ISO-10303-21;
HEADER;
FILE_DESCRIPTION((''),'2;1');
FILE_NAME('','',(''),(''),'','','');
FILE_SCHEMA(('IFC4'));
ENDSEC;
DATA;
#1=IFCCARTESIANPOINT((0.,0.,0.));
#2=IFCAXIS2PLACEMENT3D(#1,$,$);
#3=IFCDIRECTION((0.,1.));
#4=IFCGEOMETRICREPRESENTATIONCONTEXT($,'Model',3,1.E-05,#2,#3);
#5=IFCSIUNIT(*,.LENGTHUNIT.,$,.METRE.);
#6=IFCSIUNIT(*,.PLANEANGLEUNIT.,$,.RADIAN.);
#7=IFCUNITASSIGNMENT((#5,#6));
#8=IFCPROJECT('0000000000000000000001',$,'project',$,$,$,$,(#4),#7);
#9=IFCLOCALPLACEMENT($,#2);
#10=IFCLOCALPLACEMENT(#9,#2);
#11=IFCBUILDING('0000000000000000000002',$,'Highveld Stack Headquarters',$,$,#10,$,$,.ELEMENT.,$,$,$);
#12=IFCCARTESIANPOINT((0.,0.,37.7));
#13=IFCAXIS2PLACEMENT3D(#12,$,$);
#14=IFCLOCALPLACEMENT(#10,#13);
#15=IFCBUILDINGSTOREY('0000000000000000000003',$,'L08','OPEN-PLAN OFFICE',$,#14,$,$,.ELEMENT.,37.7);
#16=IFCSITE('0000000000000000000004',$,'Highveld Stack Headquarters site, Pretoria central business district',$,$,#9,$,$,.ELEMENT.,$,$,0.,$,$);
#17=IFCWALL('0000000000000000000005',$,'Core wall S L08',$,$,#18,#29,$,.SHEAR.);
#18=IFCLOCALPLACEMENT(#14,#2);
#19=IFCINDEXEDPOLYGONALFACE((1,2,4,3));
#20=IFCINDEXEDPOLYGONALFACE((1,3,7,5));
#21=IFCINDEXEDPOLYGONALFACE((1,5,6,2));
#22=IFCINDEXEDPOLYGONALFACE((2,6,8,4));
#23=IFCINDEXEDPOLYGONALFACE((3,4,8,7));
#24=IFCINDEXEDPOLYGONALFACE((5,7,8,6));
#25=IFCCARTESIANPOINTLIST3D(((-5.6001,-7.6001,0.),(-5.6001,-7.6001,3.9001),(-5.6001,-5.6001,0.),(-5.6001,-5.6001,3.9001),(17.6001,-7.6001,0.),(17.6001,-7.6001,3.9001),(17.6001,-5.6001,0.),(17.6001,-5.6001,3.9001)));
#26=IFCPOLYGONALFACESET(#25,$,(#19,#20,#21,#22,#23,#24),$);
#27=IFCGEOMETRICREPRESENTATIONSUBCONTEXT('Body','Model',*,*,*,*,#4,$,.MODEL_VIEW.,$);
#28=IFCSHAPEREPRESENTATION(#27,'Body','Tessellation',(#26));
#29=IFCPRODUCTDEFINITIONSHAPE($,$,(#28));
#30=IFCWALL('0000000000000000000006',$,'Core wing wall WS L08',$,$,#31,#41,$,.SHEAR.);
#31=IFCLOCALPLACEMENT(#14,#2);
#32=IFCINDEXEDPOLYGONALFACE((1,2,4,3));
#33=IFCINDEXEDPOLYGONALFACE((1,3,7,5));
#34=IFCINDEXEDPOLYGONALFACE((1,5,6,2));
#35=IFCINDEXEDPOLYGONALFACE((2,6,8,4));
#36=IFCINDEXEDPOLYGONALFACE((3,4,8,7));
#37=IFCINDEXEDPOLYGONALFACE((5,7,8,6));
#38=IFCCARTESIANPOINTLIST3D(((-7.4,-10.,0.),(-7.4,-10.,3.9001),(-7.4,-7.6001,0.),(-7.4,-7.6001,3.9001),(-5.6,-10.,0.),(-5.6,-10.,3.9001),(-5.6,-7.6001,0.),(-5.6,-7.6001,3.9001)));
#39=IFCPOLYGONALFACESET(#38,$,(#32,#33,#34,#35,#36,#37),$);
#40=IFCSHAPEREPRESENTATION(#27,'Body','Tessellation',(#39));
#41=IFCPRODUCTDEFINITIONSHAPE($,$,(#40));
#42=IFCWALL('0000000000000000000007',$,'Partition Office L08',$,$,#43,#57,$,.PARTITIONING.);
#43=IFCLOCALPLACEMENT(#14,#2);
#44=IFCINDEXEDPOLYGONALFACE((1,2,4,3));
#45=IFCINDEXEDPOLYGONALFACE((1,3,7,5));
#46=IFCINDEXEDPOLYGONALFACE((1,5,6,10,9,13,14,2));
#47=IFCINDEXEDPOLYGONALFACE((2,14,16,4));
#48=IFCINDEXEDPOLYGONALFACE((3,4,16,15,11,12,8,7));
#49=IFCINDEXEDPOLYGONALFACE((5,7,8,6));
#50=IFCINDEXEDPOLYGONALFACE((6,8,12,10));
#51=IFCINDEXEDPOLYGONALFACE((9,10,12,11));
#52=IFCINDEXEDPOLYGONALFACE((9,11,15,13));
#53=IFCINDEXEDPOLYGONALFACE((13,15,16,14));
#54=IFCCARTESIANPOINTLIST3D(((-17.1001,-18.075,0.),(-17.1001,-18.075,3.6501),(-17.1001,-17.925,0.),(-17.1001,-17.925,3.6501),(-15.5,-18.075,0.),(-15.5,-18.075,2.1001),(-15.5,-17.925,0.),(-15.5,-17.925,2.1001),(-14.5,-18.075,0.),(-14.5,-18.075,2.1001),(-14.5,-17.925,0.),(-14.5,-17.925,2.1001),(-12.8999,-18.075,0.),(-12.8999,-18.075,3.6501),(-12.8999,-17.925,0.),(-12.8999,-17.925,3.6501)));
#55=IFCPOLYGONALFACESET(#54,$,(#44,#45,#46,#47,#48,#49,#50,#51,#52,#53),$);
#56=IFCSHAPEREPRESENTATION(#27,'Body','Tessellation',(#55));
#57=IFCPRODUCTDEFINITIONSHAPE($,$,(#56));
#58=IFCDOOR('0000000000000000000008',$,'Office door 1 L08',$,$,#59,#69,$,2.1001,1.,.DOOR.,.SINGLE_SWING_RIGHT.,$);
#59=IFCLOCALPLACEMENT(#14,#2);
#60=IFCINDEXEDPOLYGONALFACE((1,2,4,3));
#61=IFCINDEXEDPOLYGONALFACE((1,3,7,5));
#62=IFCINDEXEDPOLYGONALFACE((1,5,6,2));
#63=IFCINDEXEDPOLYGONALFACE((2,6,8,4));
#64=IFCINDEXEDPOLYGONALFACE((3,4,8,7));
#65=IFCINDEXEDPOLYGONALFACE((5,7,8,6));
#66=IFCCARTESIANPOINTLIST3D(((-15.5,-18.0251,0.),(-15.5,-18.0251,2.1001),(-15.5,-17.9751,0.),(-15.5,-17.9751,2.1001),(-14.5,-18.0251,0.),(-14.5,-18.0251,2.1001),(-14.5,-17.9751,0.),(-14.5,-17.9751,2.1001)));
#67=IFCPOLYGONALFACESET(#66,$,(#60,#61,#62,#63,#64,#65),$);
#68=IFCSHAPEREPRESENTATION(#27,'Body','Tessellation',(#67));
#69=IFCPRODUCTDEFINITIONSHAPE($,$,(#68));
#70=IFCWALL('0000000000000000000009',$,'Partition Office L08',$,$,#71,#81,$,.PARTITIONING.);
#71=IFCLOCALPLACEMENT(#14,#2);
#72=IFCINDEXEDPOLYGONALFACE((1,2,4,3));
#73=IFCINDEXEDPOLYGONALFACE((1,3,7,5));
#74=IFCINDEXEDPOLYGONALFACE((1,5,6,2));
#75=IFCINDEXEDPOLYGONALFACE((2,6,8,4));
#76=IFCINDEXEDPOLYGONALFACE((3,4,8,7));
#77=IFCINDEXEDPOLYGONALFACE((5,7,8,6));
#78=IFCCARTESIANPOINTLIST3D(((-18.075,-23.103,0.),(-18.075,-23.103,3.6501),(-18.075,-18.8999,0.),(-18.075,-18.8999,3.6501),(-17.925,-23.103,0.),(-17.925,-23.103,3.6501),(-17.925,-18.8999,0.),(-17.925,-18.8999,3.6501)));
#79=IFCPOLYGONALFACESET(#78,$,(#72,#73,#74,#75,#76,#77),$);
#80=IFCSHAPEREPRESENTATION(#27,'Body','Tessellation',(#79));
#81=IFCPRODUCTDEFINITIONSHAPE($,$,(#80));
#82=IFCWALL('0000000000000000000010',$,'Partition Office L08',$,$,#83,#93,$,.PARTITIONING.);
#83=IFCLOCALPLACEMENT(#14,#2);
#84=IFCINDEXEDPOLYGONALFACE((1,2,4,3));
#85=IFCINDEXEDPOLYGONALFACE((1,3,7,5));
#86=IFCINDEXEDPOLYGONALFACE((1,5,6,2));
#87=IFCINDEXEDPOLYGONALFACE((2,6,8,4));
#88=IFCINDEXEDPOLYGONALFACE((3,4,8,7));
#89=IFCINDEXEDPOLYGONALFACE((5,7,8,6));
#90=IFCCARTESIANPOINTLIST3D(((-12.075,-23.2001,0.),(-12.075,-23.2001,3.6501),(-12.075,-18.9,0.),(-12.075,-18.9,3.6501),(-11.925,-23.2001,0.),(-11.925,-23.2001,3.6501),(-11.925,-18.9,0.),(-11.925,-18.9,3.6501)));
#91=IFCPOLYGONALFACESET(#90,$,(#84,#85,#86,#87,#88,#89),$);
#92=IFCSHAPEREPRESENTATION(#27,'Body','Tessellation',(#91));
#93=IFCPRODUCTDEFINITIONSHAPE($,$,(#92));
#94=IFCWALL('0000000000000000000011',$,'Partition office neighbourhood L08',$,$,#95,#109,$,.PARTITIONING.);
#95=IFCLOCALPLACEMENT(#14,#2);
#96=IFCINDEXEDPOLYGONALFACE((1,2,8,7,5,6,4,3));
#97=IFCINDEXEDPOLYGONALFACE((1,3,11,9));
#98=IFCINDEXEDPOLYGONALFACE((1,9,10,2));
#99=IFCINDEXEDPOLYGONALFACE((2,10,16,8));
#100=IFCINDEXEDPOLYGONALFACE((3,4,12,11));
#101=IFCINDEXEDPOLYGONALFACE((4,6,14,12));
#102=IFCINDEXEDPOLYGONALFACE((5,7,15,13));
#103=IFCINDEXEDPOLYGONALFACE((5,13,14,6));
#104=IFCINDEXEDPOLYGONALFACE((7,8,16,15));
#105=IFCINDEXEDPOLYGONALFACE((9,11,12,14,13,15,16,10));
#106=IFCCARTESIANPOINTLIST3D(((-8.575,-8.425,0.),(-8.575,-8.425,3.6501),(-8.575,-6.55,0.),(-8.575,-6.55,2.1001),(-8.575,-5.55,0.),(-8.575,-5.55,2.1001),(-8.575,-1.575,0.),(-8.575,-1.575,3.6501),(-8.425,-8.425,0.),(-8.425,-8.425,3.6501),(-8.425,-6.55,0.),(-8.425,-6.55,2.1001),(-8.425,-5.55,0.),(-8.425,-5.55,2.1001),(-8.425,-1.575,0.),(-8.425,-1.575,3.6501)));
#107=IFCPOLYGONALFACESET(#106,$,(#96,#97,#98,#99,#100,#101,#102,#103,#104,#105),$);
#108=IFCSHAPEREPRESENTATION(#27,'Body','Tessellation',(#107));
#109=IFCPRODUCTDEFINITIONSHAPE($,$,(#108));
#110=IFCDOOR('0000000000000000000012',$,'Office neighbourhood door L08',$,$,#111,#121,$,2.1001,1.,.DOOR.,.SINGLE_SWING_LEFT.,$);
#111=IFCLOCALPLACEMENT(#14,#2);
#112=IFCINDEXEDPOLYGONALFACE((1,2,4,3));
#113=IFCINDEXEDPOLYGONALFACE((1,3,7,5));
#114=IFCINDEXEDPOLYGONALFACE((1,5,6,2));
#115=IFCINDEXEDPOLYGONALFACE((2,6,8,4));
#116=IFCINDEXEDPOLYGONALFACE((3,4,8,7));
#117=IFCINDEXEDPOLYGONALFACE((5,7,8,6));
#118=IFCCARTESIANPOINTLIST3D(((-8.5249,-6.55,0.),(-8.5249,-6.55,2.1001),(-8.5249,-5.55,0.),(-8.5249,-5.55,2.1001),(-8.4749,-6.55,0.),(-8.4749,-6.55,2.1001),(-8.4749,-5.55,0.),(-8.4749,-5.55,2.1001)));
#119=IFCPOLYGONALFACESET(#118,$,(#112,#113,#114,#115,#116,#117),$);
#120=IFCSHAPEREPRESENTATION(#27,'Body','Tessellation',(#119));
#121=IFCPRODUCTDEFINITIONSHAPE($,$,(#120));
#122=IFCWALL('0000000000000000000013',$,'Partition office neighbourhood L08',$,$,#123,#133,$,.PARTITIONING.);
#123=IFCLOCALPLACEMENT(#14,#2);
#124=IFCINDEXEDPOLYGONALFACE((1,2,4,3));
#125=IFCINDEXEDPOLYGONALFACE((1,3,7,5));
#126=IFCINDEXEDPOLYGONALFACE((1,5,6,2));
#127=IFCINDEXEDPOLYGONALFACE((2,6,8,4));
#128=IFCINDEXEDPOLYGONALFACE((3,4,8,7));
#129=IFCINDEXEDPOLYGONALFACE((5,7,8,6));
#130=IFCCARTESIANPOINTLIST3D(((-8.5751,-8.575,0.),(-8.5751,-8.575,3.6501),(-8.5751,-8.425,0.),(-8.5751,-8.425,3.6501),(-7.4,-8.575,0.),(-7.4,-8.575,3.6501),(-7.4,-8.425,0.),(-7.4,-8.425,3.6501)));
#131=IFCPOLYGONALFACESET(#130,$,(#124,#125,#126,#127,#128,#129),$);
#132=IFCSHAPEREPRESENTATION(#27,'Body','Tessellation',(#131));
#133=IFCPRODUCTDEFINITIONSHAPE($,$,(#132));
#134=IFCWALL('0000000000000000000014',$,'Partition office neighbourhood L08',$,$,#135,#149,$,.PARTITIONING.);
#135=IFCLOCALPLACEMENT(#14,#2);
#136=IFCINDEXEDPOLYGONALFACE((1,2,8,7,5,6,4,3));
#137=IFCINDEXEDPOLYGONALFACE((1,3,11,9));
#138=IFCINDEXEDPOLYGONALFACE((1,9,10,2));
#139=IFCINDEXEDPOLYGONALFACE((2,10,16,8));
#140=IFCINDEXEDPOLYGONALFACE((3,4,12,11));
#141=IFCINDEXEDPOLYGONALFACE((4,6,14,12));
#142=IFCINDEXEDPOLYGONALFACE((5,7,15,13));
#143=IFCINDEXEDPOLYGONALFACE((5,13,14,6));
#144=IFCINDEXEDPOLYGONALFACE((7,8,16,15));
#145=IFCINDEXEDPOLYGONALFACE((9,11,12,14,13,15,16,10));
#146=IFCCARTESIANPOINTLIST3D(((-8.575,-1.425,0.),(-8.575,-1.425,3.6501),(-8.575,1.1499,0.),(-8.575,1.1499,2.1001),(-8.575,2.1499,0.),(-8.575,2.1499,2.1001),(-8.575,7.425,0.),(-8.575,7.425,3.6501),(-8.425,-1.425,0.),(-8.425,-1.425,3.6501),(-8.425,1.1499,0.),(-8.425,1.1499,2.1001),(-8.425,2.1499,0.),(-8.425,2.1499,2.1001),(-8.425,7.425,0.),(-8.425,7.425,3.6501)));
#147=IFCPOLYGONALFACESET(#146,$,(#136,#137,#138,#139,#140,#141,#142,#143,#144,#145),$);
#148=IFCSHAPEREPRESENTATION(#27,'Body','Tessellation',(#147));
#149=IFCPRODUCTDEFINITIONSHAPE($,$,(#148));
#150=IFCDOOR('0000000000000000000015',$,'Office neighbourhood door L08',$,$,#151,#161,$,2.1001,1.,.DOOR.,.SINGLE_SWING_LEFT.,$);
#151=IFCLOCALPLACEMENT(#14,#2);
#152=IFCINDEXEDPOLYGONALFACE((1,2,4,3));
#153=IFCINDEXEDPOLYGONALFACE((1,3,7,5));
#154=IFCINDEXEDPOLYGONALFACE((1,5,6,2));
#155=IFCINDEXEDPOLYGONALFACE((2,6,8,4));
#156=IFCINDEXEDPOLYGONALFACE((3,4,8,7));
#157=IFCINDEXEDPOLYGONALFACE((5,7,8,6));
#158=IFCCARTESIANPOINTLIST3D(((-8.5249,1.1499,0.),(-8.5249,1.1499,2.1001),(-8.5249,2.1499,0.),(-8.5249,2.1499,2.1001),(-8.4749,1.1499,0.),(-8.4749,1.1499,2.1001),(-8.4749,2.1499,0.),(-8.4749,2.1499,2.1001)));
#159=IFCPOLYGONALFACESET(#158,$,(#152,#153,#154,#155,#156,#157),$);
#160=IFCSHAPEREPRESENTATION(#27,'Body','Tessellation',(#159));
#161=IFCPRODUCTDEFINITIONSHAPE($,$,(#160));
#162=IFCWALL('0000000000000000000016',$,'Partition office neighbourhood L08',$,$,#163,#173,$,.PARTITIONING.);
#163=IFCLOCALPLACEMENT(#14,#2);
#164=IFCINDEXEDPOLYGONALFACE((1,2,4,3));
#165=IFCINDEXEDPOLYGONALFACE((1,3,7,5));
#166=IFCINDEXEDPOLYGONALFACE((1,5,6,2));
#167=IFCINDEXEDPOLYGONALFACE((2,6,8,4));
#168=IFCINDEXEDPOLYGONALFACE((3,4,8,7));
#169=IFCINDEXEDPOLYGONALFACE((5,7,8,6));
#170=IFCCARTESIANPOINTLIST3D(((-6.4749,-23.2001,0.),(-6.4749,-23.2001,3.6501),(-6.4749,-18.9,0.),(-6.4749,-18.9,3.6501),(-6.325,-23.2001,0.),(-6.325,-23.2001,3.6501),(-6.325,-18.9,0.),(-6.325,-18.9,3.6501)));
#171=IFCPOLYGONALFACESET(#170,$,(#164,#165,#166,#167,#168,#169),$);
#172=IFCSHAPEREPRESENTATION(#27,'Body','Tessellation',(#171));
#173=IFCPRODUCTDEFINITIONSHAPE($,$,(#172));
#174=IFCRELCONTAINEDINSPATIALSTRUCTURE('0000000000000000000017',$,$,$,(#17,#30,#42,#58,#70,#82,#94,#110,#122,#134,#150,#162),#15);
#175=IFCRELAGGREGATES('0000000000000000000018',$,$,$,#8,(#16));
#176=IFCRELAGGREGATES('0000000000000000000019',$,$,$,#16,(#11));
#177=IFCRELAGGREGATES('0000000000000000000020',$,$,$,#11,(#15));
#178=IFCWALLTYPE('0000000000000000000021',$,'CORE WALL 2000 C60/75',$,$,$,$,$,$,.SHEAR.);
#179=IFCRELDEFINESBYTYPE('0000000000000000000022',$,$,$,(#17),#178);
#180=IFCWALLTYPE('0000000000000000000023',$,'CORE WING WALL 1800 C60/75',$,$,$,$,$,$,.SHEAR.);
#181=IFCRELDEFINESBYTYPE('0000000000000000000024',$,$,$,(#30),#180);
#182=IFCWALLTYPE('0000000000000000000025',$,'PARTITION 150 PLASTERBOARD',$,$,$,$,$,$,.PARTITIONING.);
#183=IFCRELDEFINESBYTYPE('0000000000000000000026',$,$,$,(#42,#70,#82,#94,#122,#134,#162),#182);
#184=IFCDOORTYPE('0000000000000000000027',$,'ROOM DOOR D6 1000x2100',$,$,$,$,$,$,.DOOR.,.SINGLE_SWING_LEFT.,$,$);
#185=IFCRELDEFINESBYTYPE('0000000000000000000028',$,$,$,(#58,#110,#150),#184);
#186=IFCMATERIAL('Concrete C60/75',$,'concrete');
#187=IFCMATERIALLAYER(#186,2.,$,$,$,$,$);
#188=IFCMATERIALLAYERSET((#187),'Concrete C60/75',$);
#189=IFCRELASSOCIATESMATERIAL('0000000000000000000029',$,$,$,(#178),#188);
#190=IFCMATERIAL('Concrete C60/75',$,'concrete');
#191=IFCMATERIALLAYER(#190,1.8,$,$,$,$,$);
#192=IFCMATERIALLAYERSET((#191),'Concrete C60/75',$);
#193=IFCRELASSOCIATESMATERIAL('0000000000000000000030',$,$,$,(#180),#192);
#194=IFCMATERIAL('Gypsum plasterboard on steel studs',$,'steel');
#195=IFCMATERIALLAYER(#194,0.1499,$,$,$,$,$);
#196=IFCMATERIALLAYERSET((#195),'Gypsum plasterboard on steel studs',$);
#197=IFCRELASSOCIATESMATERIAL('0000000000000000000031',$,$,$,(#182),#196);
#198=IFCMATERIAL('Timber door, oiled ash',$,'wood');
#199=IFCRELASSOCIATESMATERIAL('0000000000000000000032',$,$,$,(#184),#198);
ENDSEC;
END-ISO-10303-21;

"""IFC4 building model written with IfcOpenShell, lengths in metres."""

from ifc_helpers import new_model, si_unit, direction, frame, frame_2d, origin, place, context, subcontext, project, spatial, rectangle, extrude, material, layer, layer_set, type_object, element, fill, save


model = new_model("IFC4")

# Units and contexts
model_context = context("Model", 3, precision=1e-05, world=origin(), true_north=direction((0.0, 1.0)))
body_context = subcontext(model_context, "Body", "Model", "MODEL_VIEW")
ifc_project = project(units=[si_unit("LENGTHUNIT", "METRE"), si_unit("PLANEANGLEUNIT", "RADIAN")], contexts=[model_context])

# Site, building, storey
site_placement = place(None, origin())
site = spatial("IfcSite", under=ifc_project, at=site_placement, Name="Highveld Stack Headquarters site, Pretoria central business district", CompositionType="ELEMENT", RefElevation=0.0)
building_placement = place(site_placement, origin())
building = spatial("IfcBuilding", under=site, at=building_placement, Name="Highveld Stack Headquarters", CompositionType="ELEMENT")
storey_placement = place(building_placement, frame((0.0, 0.0, 37.7)))
storey = spatial("IfcBuildingStorey", under=building, at=storey_placement, Name="L08", Description="OPEN-PLAN OFFICE", CompositionType="ELEMENT", Elevation=37.7)

# Walls
ifc_material_1 = material(Name="Concrete C60/75", Category="concrete")
ifc_layer_1 = layer(ifc_material_1, 2.0)
ifc_layer_set_1 = layer_set([ifc_layer_1], Name="Concrete C60/75")
wall_type_1 = type_object("IfcWallType", Name="CORE WALL 2000 C60/75", PredefinedType="SHEAR", material=ifc_layer_set_1)
wall_1_placement = place(storey_placement, frame((-5.6001, -6.6001, 0.0), z_axis=(0.0, 0.0, 1.0), x_axis=(1.0, 0.0, 0.0)))
element("IfcWall", 1, at=wall_1_placement, inside=storey, type_object=wall_type_1, Name="Core wall S L08", PredefinedType="SHEAR", context=body_context, shape_type="SweptSolid", body=[
    extrude(rectangle(XDim=23.2002, YDim=2.0, at=frame_2d((11.6001, 0.0))), origin(), (0.0, 0.0, 1.0), 3.9001),
])
ifc_material_2 = material(Name="Concrete C60/75", Category="concrete")
ifc_layer_2 = layer(ifc_material_2, 1.8)
ifc_layer_set_2 = layer_set([ifc_layer_2], Name="Concrete C60/75")
wall_type_2 = type_object("IfcWallType", Name="CORE WING WALL 1800 C60/75", PredefinedType="SHEAR", material=ifc_layer_set_2)
wall_2_placement = place(storey_placement, frame((-6.5, -10.0, 0.0), z_axis=(0.0, 0.0, 1.0), x_axis=(0.0, 1.0, 0.0)))
element("IfcWall", 2, at=wall_2_placement, inside=storey, type_object=wall_type_2, Name="Core wing wall WS L08", PredefinedType="SHEAR", context=body_context, shape_type="SweptSolid", body=[
    extrude(rectangle(XDim=2.3999, YDim=1.8, at=frame_2d((1.2, 0.0))), origin(), (0.0, 0.0, 1.0), 3.9001),
])

# Wall, opening, door
ifc_material_3 = material(Name="Gypsum plasterboard on steel studs", Category="steel")
ifc_layer_3 = layer(ifc_material_3, 0.1499)
ifc_layer_set_3 = layer_set([ifc_layer_3], Name="Gypsum plasterboard on steel studs")
wall_type_3 = type_object("IfcWallType", Name="PARTITION 150 PLASTERBOARD", PredefinedType="PARTITIONING", material=ifc_layer_set_3)
wall_3_placement = place(storey_placement, frame((-17.1001, -18.0, 0.0), z_axis=(0.0, 0.0, 1.0), x_axis=(1.0, 0.0, 0.0)))
wall_3 = element("IfcWall", 3, at=wall_3_placement, inside=storey, type_object=wall_type_3, Name="Partition Office L08", PredefinedType="PARTITIONING", context=body_context, shape_type="SweptSolid", body=[
    extrude(rectangle(XDim=4.2002, YDim=0.1499, at=frame_2d((2.1001, 0.0))), origin(), (0.0, 0.0, 1.0), 3.6501),
])
opening_1_placement = place(wall_3_placement, frame((1.6001, 0.0, 0.0)))
opening_1 = element("IfcOpeningElement", 4, at=opening_1_placement, cuts=wall_3, PredefinedType="OPENING", context=body_context, shape_type="SweptSolid", body=[
    extrude(rectangle(XDim=1.0, YDim=2.1001, at=frame_2d((0.5, 1.05))), frame((0.0, 0.085, 0.0), z_axis=(0.0, -1.0, 0.0), x_axis=(1.0, 0.0, 0.0)), (0.0, 0.0, 1.0), 0.1699),
])
ifc_material_4 = material(Name="Timber door, oiled ash", Category="wood")
door_type_1 = type_object("IfcDoorType", Name="ROOM DOOR D6 1000x2100", OperationType="SINGLE_SWING_LEFT", PredefinedType="DOOR", material=ifc_material_4)
door_1_placement = place(opening_1_placement, origin())
door_1 = element("IfcDoor", 5, at=door_1_placement, inside=storey, type_object=door_type_1, Name="Office door 1 L08", OperationType="SINGLE_SWING_RIGHT", OverallHeight=2.1001, OverallWidth=1.0, PredefinedType="DOOR", context=body_context, shape_type="SweptSolid", body=[
    extrude(rectangle(XDim=1.0, YDim=2.1001, at=frame_2d((0.5, 1.05))), frame((0.0, 0.0249, 0.0), z_axis=(0.0, -1.0, 0.0), x_axis=(1.0, 0.0, 0.0)), (0.0, 0.0, 1.0), 0.05),
])
fill(opening_1, door_1)

# Walls
wall_4_placement = place(storey_placement, frame((-18.0, -23.103, 0.0), z_axis=(0.0, 0.0, 1.0), x_axis=(0.0, 1.0, 0.0)))
element("IfcWall", 6, at=wall_4_placement, inside=storey, type_object=wall_type_3, Name="Partition Office L08", PredefinedType="PARTITIONING", context=body_context, shape_type="SweptSolid", body=[
    extrude(rectangle(XDim=4.2031, YDim=0.1499, at=frame_2d((2.1016, 0.0))), origin(), (0.0, 0.0, 1.0), 3.6501),
])
wall_5_placement = place(storey_placement, frame((-12.0, -23.2, 0.0), z_axis=(0.0, 0.0, 1.0), x_axis=(0.0, 1.0, 0.0)))
element("IfcWall", 7, at=wall_5_placement, inside=storey, type_object=wall_type_3, Name="Partition Office L08", PredefinedType="PARTITIONING", context=body_context, shape_type="SweptSolid", body=[
    extrude(rectangle(XDim=4.3, YDim=0.1499, at=frame_2d((2.1499, 0.0))), origin(), (0.0, 0.0, 1.0), 3.6501),
])

# Wall, opening, door
wall_6_placement = place(storey_placement, frame((-8.5, -8.425, 0.0), z_axis=(0.0, 0.0, 1.0), x_axis=(0.0, 1.0, 0.0)))
wall_6 = element("IfcWall", 8, at=wall_6_placement, inside=storey, type_object=wall_type_3, Name="Partition office neighbourhood L08", PredefinedType="PARTITIONING", context=body_context, shape_type="SweptSolid", body=[
    extrude(rectangle(XDim=6.8501, YDim=0.1499, at=frame_2d((3.425, 0.0))), origin(), (0.0, 0.0, 1.0), 3.6501),
])
opening_2_placement = place(wall_6_placement, frame((1.875, 0.0, 0.0)))
opening_2 = element("IfcOpeningElement", 9, at=opening_2_placement, cuts=wall_6, PredefinedType="OPENING", context=body_context, shape_type="SweptSolid", body=[
    extrude(rectangle(XDim=1.0, YDim=2.1001, at=frame_2d((0.5, 1.05))), frame((0.0, 0.085, 0.0), z_axis=(0.0, -1.0, 0.0), x_axis=(1.0, 0.0, 0.0)), (0.0, 0.0, 1.0), 0.1699),
])
door_2_placement = place(opening_2_placement, origin())
door_2 = element("IfcDoor", 10, at=door_2_placement, inside=storey, type_object=door_type_1, Name="Office neighbourhood door L08", OperationType="SINGLE_SWING_LEFT", OverallHeight=2.1001, OverallWidth=1.0, PredefinedType="DOOR", context=body_context, shape_type="SweptSolid", body=[
    extrude(rectangle(XDim=1.0, YDim=2.1001, at=frame_2d((0.5, 1.05))), frame((0.0, 0.0249, 0.0), z_axis=(0.0, -1.0, 0.0), x_axis=(1.0, 0.0, 0.0)), (0.0, 0.0, 1.0), 0.05),
])
fill(opening_2, door_2)

# Wall
wall_7_placement = place(storey_placement, frame((-8.575, -8.5, 0.0), z_axis=(0.0, 0.0, 1.0), x_axis=(1.0, 0.0, 0.0)))
element("IfcWall", 11, at=wall_7_placement, inside=storey, type_object=wall_type_3, Name="Partition office neighbourhood L08", PredefinedType="PARTITIONING", context=body_context, shape_type="SweptSolid", body=[
    extrude(rectangle(XDim=1.175, YDim=0.1499, at=frame_2d((0.5874, 0.0))), origin(), (0.0, 0.0, 1.0), 3.6501),
])

# Wall, opening, door
wall_8_placement = place(storey_placement, frame((-8.5, -1.425, 0.0), z_axis=(0.0, 0.0, 1.0), x_axis=(0.0, 1.0, 0.0)))
wall_8 = element("IfcWall", 12, at=wall_8_placement, inside=storey, type_object=wall_type_3, Name="Partition office neighbourhood L08", PredefinedType="PARTITIONING", context=body_context, shape_type="SweptSolid", body=[
    extrude(rectangle(XDim=8.8501, YDim=0.1499, at=frame_2d((4.425, 0.0))), origin(), (0.0, 0.0, 1.0), 3.6501),
])
opening_3_placement = place(wall_8_placement, frame((2.575, 0.0, 0.0)))
opening_3 = element("IfcOpeningElement", 13, at=opening_3_placement, cuts=wall_8, PredefinedType="OPENING", context=body_context, shape_type="SweptSolid", body=[
    extrude(rectangle(XDim=1.0, YDim=2.1001, at=frame_2d((0.5, 1.05))), frame((0.0, 0.085, 0.0), z_axis=(0.0, -1.0, 0.0), x_axis=(1.0, 0.0, 0.0)), (0.0, 0.0, 1.0), 0.1699),
])
door_3_placement = place(opening_3_placement, origin())
door_3 = element("IfcDoor", 14, at=door_3_placement, inside=storey, type_object=door_type_1, Name="Office neighbourhood door L08", OperationType="SINGLE_SWING_LEFT", OverallHeight=2.1001, OverallWidth=1.0, PredefinedType="DOOR", context=body_context, shape_type="SweptSolid", body=[
    extrude(rectangle(XDim=1.0, YDim=2.1001, at=frame_2d((0.5, 1.05))), frame((0.0, 0.0249, 0.0), z_axis=(0.0, -1.0, 0.0), x_axis=(1.0, 0.0, 0.0)), (0.0, 0.0, 1.0), 0.05),
])
fill(opening_3, door_3)

# Wall
wall_9_placement = place(storey_placement, frame((-6.3999, -23.2, 0.0), z_axis=(0.0, 0.0, 1.0), x_axis=(0.0, 1.0, 0.0)))
element("IfcWall", 15, at=wall_9_placement, inside=storey, type_object=wall_type_3, Name="Partition office neighbourhood L08", PredefinedType="PARTITIONING", context=body_context, shape_type="SweptSolid", body=[
    extrude(rectangle(XDim=4.3, YDim=0.1499, at=frame_2d((2.1499, 0.0))), origin(), (0.0, 0.0, 1.0), 3.6501),
])

save(model, "model.ifc")
